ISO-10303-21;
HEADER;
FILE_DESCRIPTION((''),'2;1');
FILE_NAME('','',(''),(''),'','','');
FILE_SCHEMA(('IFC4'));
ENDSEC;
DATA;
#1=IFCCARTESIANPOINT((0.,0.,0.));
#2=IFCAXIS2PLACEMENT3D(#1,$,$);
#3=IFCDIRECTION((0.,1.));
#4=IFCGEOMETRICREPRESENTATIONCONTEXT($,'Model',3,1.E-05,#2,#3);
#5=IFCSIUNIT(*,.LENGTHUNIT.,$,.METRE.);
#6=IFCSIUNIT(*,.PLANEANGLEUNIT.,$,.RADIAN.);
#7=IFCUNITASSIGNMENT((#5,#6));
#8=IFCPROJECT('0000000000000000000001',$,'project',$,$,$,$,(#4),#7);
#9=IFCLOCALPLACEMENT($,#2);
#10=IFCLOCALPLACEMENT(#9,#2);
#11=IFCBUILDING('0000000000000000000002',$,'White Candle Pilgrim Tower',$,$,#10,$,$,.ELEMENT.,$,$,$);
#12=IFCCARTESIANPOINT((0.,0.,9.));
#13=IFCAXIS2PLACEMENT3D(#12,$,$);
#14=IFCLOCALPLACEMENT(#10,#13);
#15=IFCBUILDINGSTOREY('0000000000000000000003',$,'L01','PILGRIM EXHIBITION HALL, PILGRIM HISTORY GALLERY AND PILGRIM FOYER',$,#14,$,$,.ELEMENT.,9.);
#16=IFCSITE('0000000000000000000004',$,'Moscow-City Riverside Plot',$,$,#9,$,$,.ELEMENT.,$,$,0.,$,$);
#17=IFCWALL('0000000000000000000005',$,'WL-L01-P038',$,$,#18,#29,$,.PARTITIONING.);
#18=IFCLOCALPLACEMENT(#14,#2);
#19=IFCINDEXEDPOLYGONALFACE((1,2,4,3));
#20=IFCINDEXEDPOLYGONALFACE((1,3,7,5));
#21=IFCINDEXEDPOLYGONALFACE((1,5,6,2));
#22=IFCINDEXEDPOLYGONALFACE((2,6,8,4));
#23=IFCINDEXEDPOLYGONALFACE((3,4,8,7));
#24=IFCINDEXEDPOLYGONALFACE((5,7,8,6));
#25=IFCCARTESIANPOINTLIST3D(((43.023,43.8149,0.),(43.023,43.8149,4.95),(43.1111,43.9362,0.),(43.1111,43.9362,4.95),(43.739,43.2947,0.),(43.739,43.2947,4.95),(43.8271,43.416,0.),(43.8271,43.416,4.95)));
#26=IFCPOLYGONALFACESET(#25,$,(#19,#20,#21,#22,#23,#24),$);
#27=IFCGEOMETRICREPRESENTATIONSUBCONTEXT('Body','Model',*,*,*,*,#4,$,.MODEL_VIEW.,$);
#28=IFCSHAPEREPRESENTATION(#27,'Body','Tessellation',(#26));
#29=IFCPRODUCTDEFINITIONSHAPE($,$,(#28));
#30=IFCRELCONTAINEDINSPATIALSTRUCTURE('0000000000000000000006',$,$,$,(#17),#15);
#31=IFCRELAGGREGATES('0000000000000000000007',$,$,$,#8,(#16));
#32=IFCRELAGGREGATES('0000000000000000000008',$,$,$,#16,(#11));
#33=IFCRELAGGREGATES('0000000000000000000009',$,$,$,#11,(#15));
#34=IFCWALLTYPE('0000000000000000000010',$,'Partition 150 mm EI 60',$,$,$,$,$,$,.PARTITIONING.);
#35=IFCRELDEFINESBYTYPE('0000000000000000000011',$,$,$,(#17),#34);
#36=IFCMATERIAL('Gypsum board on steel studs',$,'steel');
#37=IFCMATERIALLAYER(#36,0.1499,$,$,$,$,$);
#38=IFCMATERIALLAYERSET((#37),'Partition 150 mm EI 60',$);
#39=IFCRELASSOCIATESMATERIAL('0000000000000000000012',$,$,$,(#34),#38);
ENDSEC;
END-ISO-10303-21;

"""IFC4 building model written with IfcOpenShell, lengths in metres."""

from ifc_helpers import new_model, si_unit, direction, frame, frame_2d, origin, place, context, subcontext, project, spatial, rectangle, extrude, material, layer, layer_set, type_object, element, save


model = new_model("IFC4")

# Units and contexts
model_context = context("Model", 3, precision=1e-05, world=origin(), true_north=direction((0.0, 1.0)))
body_context = subcontext(model_context, "Body", "Model", "MODEL_VIEW")
ifc_project = project(units=[si_unit("LENGTHUNIT", "METRE"), si_unit("PLANEANGLEUNIT", "RADIAN")], contexts=[model_context])

# Site, building, storey
site_placement = place(None, origin())
site = spatial("IfcSite", under=ifc_project, at=site_placement, Name="Moscow-City Riverside Plot", CompositionType="ELEMENT", RefElevation=0.0)
building_placement = place(site_placement, origin())
building = spatial("IfcBuilding", under=site, at=building_placement, Name="White Candle Pilgrim Tower", CompositionType="ELEMENT")
storey_placement = place(building_placement, frame((0.0, 0.0, 9.0)))
storey = spatial("IfcBuildingStorey", under=building, at=storey_placement, Name="L01", Description="PILGRIM EXHIBITION HALL, PILGRIM HISTORY GALLERY AND PILGRIM FOYER", CompositionType="ELEMENT", Elevation=9.0)

# Shared definitions
ifc_material_1 = material(Name="Gypsum board on steel studs", Category="steel")

# Wall
ifc_layer_1 = layer(ifc_material_1, 0.1499)
ifc_layer_set_1 = layer_set([ifc_layer_1], Name="Partition 150 mm EI 60")
wall_type_1 = type_object("IfcWallType", Name="Partition 150 mm EI 60", PredefinedType="PARTITIONING", material=ifc_layer_set_1)
wall_1_placement = place(storey_placement, frame((43.0671, 43.8755, 0.0), z_axis=(0.0, 0.0, 1.0), x_axis=(0.80901, -0.587794, 0.0)))
element("IfcWall", 1, at=wall_1_placement, inside=storey, type_object=wall_type_1, Name="WL-L01-P038", PredefinedType="PARTITIONING", context=body_context, shape_type="SweptSolid", body=[
    extrude(rectangle(XDim=0.885, YDim=0.1499, at=frame_2d((0.4424, 0.0))), origin(), (0.0, 0.0, 1.0), 4.95),
])

save(model, "model.ifc")
